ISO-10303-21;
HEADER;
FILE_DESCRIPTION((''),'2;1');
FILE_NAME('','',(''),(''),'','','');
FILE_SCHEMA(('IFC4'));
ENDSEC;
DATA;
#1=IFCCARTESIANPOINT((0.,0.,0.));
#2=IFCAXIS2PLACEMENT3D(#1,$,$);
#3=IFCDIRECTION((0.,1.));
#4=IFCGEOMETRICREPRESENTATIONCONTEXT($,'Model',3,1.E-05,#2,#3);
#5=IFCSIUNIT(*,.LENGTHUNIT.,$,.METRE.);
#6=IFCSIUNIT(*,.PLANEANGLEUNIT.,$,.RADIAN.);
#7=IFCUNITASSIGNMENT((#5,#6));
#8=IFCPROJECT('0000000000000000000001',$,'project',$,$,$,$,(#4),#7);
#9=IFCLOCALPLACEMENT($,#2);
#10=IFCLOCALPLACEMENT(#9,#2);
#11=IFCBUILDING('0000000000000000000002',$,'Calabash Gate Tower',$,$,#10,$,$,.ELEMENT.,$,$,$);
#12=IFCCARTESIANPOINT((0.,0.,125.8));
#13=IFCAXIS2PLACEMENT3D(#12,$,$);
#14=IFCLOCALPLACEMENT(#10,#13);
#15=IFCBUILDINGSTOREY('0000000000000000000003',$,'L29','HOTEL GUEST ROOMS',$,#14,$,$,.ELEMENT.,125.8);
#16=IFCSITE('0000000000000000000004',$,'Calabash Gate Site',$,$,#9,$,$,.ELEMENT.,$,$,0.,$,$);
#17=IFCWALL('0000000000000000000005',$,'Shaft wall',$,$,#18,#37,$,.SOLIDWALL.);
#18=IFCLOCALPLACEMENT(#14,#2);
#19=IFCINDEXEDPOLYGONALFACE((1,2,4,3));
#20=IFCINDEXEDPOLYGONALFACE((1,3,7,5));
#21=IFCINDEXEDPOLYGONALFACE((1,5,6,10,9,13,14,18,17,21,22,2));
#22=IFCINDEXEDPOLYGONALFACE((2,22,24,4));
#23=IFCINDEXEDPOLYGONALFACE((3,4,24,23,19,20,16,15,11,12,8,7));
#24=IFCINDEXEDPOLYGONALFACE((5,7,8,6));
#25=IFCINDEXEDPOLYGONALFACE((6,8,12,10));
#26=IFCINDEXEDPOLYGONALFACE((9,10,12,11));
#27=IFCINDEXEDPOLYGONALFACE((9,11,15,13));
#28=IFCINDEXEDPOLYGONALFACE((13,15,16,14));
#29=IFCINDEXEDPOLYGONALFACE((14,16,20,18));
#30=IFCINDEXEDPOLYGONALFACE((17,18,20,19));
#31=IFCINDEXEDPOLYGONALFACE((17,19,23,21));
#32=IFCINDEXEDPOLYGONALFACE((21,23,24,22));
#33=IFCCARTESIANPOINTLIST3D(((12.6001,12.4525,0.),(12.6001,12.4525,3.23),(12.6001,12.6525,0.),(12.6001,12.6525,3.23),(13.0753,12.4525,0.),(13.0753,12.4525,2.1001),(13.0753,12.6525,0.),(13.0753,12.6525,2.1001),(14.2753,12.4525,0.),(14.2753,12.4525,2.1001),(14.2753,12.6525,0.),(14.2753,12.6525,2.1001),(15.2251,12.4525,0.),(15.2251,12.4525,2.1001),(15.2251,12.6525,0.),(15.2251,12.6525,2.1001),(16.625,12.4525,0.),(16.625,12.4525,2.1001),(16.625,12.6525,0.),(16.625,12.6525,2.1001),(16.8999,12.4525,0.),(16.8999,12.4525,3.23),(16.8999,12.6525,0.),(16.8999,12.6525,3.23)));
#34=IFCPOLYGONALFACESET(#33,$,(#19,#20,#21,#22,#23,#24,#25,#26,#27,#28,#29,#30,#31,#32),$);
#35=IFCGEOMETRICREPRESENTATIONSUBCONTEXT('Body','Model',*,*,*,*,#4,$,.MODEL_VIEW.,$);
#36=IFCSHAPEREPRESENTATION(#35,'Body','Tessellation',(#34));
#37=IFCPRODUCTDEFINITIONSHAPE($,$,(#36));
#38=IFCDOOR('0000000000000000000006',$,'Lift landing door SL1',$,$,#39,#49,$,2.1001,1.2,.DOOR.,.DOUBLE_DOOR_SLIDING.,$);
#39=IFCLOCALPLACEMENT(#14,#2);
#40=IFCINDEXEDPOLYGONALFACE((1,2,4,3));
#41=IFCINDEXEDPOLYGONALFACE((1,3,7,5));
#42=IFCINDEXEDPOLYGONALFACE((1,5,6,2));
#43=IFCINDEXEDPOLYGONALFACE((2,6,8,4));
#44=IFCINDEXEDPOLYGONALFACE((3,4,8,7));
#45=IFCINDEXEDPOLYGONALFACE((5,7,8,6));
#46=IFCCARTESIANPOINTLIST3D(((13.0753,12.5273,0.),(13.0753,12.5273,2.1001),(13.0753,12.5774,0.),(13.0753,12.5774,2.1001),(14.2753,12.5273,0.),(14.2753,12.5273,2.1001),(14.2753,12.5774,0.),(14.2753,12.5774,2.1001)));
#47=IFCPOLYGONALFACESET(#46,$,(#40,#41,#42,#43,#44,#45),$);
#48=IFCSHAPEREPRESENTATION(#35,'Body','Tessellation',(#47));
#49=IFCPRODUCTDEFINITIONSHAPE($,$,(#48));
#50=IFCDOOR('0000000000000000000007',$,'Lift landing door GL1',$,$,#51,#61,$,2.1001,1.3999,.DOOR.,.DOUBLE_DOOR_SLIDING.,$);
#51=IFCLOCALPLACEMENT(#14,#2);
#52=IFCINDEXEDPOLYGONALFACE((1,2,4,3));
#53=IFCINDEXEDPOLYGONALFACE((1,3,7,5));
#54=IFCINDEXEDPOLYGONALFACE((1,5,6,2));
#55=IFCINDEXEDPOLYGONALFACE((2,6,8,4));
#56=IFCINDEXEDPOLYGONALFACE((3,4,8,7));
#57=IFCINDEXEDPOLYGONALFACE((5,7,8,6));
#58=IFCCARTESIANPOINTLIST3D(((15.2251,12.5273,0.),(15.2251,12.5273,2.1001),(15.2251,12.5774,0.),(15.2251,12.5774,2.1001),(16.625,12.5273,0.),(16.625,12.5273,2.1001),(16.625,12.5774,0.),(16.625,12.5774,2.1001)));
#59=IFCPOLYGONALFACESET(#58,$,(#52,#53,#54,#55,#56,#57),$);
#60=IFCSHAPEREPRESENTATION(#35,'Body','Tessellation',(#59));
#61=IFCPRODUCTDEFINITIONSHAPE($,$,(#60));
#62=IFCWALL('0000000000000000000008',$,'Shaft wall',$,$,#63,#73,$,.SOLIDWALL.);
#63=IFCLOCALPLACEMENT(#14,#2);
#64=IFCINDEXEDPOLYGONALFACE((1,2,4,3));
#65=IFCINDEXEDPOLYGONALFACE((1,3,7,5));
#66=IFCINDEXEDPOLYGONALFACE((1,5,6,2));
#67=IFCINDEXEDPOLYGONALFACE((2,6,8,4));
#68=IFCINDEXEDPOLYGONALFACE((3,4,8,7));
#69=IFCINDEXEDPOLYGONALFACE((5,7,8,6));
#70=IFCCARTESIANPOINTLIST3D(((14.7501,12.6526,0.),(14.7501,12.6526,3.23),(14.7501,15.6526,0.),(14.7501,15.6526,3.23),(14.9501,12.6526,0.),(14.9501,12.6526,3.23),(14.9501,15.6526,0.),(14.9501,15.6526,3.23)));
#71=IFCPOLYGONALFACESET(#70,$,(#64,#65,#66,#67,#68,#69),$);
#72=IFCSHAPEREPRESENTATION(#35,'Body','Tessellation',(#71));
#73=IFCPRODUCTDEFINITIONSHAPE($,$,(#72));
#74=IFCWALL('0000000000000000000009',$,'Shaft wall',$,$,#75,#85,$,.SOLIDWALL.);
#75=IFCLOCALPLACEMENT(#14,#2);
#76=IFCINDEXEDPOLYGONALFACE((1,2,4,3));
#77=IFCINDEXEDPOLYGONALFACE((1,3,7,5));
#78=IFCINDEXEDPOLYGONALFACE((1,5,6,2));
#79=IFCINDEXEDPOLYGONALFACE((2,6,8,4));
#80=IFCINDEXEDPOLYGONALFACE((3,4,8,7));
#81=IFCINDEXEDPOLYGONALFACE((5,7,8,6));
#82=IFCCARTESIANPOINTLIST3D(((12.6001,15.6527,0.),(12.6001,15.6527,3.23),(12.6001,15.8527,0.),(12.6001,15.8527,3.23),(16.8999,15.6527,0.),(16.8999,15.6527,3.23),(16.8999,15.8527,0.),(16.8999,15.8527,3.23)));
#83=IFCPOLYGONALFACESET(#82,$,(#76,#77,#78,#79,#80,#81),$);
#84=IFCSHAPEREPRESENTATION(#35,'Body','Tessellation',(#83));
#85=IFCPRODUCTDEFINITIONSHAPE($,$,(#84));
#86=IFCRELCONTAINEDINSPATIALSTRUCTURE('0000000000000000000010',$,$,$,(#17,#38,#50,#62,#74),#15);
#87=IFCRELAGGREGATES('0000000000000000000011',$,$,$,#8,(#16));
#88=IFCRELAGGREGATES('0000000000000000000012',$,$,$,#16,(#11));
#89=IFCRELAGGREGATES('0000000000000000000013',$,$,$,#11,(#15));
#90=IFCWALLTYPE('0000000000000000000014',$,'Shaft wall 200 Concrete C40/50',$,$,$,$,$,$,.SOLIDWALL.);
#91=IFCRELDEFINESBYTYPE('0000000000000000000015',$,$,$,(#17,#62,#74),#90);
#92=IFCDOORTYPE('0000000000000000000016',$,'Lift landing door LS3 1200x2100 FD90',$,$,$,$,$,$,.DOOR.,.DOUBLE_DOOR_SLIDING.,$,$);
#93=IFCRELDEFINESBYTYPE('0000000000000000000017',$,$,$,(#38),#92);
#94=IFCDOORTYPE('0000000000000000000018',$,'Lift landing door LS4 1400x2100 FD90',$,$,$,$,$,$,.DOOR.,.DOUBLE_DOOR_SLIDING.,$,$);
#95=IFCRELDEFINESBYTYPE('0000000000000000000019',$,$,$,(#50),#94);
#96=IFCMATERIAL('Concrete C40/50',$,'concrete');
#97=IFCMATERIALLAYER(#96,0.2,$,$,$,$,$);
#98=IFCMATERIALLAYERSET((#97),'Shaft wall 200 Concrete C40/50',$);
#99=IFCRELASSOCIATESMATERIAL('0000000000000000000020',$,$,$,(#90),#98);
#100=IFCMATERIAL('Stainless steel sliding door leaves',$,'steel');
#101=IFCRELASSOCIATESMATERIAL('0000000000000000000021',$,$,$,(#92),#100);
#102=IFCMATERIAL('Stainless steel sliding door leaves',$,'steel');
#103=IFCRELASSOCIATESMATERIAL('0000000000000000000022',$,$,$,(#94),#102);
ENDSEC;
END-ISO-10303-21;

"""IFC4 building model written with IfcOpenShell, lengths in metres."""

from ifc_helpers import new_model, si_unit, direction, frame, frame_2d, origin, place, context, subcontext, project, spatial, rectangle, extrude, material, layer, layer_set, type_object, element, fill, save


model = new_model("IFC4")

# Units and contexts
model_context = context("Model", 3, precision=1e-05, world=origin(), true_north=direction((0.0, 1.0)))
body_context = subcontext(model_context, "Body", "Model", "MODEL_VIEW")
ifc_project = project(units=[si_unit("LENGTHUNIT", "METRE"), si_unit("PLANEANGLEUNIT", "RADIAN")], contexts=[model_context])

# Site, building, storey
site_placement = place(None, origin())
site = spatial("IfcSite", under=ifc_project, at=site_placement, Name="Calabash Gate Site", CompositionType="ELEMENT", RefElevation=0.0)
building_placement = place(site_placement, origin())
building = spatial("IfcBuilding", under=site, at=building_placement, Name="Calabash Gate Tower", CompositionType="ELEMENT")
storey_placement = place(building_placement, frame((0.0, 0.0, 125.8)))
storey = spatial("IfcBuildingStorey", under=building, at=storey_placement, Name="L29", Description="HOTEL GUEST ROOMS", CompositionType="ELEMENT", Elevation=125.8)

# Wall, openings, doors
ifc_material_1 = material(Name="Concrete C40/50", Category="concrete")
ifc_layer_1 = layer(ifc_material_1, 0.2)
ifc_layer_set_1 = layer_set([ifc_layer_1], Name="Shaft wall 200 Concrete C40/50")
wall_type_1 = type_object("IfcWallType", Name="Shaft wall 200 Concrete C40/50", PredefinedType="SOLIDWALL", material=ifc_layer_set_1)
wall_1_placement = place(storey_placement, frame((12.6001, 12.5525, 0.0), z_axis=(0.0, 0.0, 1.0), x_axis=(1.0, 0.0, 0.0)))
wall_1 = element("IfcWall", 1, at=wall_1_placement, inside=storey, type_object=wall_type_1, Name="Shaft wall", PredefinedType="SOLIDWALL", context=body_context, shape_type="SweptSolid", body=[
    extrude(rectangle(XDim=4.2998, YDim=0.2, at=frame_2d((2.1499, 0.0))), origin(), (0.0, 0.0, 1.0), 3.23),
])
opening_1_placement = place(wall_1_placement, frame((0.4751, 0.0, 0.0)))
opening_1 = element("IfcOpeningElement", 2, at=opening_1_placement, cuts=wall_1, PredefinedType="OPENING", context=body_context, shape_type="SweptSolid", body=[
    extrude(rectangle(XDim=1.2, YDim=2.1001, at=frame_2d((0.6001, 1.05))), frame((0.0, 0.1099, 0.0), z_axis=(0.0, -1.0, 0.0), x_axis=(1.0, 0.0, 0.0)), (0.0, 0.0, 1.0), 0.22),
])
opening_2_placement = place(wall_1_placement, frame((2.625, 0.0, 0.0)))
opening_2 = element("IfcOpeningElement", 3, at=opening_2_placement, cuts=wall_1, PredefinedType="OPENING", context=body_context, shape_type="SweptSolid", body=[
    extrude(rectangle(XDim=1.3999, YDim=2.1001, at=frame_2d((0.7, 1.05))), frame((0.0, 0.1099, 0.0), z_axis=(0.0, -1.0, 0.0), x_axis=(1.0, 0.0, 0.0)), (0.0, 0.0, 1.0), 0.22),
])
ifc_material_2 = material(Name="Stainless steel sliding door leaves", Category="steel")
door_type_1 = type_object("IfcDoorType", Name="Lift landing door LS3 1200x2100 FD90", OperationType="DOUBLE_DOOR_SLIDING", PredefinedType="DOOR", material=ifc_material_2)
door_1_placement = place(opening_1_placement, origin())
door_1 = element("IfcDoor", 4, at=door_1_placement, inside=storey, type_object=door_type_1, Name="Lift landing door SL1", OperationType="DOUBLE_DOOR_SLIDING", OverallHeight=2.1001, OverallWidth=1.2, PredefinedType="DOOR", context=body_context, shape_type="SweptSolid", body=[
    extrude(rectangle(XDim=1.2, YDim=2.1001, at=frame_2d((0.6001, 1.05))), frame((0.0, 0.0249, 0.0), z_axis=(0.0, -1.0, 0.0), x_axis=(1.0, 0.0, 0.0)), (0.0, 0.0, 1.0), 0.05),
])
fill(opening_1, door_1)
ifc_material_3 = material(Name="Stainless steel sliding door leaves", Category="steel")
door_type_2 = type_object("IfcDoorType", Name="Lift landing door LS4 1400x2100 FD90", OperationType="DOUBLE_DOOR_SLIDING", PredefinedType="DOOR", material=ifc_material_3)
door_2_placement = place(opening_2_placement, origin())
door_2 = element("IfcDoor", 5, at=door_2_placement, inside=storey, type_object=door_type_2, Name="Lift landing door GL1", OperationType="DOUBLE_DOOR_SLIDING", OverallHeight=2.1001, OverallWidth=1.3999, PredefinedType="DOOR", context=body_context, shape_type="SweptSolid", body=[
    extrude(rectangle(XDim=1.3999, YDim=2.1001, at=frame_2d((0.7, 1.05))), frame((0.0, 0.0249, 0.0), z_axis=(0.0, -1.0, 0.0), x_axis=(1.0, 0.0, 0.0)), (0.0, 0.0, 1.0), 0.05),
])
fill(opening_2, door_2)

# Walls
wall_2_placement = place(storey_placement, frame((14.8501, 12.6526, 0.0), z_axis=(0.0, 0.0, 1.0), x_axis=(0.0, 1.0, 0.0)))
element("IfcWall", 6, at=wall_2_placement, inside=storey, type_object=wall_type_1, Name="Shaft wall", PredefinedType="SOLIDWALL", context=body_context, shape_type="SweptSolid", body=[
    extrude(rectangle(XDim=3.0, YDim=0.2, at=frame_2d((1.5, 0.0))), origin(), (0.0, 0.0, 1.0), 3.23),
])
wall_3_placement = place(storey_placement, frame((12.6001, 15.7527, 0.0), z_axis=(0.0, 0.0, 1.0), x_axis=(1.0, 0.0, 0.0)))
element("IfcWall", 7, at=wall_3_placement, inside=storey, type_object=wall_type_1, Name="Shaft wall", PredefinedType="SOLIDWALL", context=body_context, shape_type="SweptSolid", body=[
    extrude(rectangle(XDim=4.2998, YDim=0.2, at=frame_2d((2.1499, 0.0))), origin(), (0.0, 0.0, 1.0), 3.23),
])

save(model, "model.ifc")
